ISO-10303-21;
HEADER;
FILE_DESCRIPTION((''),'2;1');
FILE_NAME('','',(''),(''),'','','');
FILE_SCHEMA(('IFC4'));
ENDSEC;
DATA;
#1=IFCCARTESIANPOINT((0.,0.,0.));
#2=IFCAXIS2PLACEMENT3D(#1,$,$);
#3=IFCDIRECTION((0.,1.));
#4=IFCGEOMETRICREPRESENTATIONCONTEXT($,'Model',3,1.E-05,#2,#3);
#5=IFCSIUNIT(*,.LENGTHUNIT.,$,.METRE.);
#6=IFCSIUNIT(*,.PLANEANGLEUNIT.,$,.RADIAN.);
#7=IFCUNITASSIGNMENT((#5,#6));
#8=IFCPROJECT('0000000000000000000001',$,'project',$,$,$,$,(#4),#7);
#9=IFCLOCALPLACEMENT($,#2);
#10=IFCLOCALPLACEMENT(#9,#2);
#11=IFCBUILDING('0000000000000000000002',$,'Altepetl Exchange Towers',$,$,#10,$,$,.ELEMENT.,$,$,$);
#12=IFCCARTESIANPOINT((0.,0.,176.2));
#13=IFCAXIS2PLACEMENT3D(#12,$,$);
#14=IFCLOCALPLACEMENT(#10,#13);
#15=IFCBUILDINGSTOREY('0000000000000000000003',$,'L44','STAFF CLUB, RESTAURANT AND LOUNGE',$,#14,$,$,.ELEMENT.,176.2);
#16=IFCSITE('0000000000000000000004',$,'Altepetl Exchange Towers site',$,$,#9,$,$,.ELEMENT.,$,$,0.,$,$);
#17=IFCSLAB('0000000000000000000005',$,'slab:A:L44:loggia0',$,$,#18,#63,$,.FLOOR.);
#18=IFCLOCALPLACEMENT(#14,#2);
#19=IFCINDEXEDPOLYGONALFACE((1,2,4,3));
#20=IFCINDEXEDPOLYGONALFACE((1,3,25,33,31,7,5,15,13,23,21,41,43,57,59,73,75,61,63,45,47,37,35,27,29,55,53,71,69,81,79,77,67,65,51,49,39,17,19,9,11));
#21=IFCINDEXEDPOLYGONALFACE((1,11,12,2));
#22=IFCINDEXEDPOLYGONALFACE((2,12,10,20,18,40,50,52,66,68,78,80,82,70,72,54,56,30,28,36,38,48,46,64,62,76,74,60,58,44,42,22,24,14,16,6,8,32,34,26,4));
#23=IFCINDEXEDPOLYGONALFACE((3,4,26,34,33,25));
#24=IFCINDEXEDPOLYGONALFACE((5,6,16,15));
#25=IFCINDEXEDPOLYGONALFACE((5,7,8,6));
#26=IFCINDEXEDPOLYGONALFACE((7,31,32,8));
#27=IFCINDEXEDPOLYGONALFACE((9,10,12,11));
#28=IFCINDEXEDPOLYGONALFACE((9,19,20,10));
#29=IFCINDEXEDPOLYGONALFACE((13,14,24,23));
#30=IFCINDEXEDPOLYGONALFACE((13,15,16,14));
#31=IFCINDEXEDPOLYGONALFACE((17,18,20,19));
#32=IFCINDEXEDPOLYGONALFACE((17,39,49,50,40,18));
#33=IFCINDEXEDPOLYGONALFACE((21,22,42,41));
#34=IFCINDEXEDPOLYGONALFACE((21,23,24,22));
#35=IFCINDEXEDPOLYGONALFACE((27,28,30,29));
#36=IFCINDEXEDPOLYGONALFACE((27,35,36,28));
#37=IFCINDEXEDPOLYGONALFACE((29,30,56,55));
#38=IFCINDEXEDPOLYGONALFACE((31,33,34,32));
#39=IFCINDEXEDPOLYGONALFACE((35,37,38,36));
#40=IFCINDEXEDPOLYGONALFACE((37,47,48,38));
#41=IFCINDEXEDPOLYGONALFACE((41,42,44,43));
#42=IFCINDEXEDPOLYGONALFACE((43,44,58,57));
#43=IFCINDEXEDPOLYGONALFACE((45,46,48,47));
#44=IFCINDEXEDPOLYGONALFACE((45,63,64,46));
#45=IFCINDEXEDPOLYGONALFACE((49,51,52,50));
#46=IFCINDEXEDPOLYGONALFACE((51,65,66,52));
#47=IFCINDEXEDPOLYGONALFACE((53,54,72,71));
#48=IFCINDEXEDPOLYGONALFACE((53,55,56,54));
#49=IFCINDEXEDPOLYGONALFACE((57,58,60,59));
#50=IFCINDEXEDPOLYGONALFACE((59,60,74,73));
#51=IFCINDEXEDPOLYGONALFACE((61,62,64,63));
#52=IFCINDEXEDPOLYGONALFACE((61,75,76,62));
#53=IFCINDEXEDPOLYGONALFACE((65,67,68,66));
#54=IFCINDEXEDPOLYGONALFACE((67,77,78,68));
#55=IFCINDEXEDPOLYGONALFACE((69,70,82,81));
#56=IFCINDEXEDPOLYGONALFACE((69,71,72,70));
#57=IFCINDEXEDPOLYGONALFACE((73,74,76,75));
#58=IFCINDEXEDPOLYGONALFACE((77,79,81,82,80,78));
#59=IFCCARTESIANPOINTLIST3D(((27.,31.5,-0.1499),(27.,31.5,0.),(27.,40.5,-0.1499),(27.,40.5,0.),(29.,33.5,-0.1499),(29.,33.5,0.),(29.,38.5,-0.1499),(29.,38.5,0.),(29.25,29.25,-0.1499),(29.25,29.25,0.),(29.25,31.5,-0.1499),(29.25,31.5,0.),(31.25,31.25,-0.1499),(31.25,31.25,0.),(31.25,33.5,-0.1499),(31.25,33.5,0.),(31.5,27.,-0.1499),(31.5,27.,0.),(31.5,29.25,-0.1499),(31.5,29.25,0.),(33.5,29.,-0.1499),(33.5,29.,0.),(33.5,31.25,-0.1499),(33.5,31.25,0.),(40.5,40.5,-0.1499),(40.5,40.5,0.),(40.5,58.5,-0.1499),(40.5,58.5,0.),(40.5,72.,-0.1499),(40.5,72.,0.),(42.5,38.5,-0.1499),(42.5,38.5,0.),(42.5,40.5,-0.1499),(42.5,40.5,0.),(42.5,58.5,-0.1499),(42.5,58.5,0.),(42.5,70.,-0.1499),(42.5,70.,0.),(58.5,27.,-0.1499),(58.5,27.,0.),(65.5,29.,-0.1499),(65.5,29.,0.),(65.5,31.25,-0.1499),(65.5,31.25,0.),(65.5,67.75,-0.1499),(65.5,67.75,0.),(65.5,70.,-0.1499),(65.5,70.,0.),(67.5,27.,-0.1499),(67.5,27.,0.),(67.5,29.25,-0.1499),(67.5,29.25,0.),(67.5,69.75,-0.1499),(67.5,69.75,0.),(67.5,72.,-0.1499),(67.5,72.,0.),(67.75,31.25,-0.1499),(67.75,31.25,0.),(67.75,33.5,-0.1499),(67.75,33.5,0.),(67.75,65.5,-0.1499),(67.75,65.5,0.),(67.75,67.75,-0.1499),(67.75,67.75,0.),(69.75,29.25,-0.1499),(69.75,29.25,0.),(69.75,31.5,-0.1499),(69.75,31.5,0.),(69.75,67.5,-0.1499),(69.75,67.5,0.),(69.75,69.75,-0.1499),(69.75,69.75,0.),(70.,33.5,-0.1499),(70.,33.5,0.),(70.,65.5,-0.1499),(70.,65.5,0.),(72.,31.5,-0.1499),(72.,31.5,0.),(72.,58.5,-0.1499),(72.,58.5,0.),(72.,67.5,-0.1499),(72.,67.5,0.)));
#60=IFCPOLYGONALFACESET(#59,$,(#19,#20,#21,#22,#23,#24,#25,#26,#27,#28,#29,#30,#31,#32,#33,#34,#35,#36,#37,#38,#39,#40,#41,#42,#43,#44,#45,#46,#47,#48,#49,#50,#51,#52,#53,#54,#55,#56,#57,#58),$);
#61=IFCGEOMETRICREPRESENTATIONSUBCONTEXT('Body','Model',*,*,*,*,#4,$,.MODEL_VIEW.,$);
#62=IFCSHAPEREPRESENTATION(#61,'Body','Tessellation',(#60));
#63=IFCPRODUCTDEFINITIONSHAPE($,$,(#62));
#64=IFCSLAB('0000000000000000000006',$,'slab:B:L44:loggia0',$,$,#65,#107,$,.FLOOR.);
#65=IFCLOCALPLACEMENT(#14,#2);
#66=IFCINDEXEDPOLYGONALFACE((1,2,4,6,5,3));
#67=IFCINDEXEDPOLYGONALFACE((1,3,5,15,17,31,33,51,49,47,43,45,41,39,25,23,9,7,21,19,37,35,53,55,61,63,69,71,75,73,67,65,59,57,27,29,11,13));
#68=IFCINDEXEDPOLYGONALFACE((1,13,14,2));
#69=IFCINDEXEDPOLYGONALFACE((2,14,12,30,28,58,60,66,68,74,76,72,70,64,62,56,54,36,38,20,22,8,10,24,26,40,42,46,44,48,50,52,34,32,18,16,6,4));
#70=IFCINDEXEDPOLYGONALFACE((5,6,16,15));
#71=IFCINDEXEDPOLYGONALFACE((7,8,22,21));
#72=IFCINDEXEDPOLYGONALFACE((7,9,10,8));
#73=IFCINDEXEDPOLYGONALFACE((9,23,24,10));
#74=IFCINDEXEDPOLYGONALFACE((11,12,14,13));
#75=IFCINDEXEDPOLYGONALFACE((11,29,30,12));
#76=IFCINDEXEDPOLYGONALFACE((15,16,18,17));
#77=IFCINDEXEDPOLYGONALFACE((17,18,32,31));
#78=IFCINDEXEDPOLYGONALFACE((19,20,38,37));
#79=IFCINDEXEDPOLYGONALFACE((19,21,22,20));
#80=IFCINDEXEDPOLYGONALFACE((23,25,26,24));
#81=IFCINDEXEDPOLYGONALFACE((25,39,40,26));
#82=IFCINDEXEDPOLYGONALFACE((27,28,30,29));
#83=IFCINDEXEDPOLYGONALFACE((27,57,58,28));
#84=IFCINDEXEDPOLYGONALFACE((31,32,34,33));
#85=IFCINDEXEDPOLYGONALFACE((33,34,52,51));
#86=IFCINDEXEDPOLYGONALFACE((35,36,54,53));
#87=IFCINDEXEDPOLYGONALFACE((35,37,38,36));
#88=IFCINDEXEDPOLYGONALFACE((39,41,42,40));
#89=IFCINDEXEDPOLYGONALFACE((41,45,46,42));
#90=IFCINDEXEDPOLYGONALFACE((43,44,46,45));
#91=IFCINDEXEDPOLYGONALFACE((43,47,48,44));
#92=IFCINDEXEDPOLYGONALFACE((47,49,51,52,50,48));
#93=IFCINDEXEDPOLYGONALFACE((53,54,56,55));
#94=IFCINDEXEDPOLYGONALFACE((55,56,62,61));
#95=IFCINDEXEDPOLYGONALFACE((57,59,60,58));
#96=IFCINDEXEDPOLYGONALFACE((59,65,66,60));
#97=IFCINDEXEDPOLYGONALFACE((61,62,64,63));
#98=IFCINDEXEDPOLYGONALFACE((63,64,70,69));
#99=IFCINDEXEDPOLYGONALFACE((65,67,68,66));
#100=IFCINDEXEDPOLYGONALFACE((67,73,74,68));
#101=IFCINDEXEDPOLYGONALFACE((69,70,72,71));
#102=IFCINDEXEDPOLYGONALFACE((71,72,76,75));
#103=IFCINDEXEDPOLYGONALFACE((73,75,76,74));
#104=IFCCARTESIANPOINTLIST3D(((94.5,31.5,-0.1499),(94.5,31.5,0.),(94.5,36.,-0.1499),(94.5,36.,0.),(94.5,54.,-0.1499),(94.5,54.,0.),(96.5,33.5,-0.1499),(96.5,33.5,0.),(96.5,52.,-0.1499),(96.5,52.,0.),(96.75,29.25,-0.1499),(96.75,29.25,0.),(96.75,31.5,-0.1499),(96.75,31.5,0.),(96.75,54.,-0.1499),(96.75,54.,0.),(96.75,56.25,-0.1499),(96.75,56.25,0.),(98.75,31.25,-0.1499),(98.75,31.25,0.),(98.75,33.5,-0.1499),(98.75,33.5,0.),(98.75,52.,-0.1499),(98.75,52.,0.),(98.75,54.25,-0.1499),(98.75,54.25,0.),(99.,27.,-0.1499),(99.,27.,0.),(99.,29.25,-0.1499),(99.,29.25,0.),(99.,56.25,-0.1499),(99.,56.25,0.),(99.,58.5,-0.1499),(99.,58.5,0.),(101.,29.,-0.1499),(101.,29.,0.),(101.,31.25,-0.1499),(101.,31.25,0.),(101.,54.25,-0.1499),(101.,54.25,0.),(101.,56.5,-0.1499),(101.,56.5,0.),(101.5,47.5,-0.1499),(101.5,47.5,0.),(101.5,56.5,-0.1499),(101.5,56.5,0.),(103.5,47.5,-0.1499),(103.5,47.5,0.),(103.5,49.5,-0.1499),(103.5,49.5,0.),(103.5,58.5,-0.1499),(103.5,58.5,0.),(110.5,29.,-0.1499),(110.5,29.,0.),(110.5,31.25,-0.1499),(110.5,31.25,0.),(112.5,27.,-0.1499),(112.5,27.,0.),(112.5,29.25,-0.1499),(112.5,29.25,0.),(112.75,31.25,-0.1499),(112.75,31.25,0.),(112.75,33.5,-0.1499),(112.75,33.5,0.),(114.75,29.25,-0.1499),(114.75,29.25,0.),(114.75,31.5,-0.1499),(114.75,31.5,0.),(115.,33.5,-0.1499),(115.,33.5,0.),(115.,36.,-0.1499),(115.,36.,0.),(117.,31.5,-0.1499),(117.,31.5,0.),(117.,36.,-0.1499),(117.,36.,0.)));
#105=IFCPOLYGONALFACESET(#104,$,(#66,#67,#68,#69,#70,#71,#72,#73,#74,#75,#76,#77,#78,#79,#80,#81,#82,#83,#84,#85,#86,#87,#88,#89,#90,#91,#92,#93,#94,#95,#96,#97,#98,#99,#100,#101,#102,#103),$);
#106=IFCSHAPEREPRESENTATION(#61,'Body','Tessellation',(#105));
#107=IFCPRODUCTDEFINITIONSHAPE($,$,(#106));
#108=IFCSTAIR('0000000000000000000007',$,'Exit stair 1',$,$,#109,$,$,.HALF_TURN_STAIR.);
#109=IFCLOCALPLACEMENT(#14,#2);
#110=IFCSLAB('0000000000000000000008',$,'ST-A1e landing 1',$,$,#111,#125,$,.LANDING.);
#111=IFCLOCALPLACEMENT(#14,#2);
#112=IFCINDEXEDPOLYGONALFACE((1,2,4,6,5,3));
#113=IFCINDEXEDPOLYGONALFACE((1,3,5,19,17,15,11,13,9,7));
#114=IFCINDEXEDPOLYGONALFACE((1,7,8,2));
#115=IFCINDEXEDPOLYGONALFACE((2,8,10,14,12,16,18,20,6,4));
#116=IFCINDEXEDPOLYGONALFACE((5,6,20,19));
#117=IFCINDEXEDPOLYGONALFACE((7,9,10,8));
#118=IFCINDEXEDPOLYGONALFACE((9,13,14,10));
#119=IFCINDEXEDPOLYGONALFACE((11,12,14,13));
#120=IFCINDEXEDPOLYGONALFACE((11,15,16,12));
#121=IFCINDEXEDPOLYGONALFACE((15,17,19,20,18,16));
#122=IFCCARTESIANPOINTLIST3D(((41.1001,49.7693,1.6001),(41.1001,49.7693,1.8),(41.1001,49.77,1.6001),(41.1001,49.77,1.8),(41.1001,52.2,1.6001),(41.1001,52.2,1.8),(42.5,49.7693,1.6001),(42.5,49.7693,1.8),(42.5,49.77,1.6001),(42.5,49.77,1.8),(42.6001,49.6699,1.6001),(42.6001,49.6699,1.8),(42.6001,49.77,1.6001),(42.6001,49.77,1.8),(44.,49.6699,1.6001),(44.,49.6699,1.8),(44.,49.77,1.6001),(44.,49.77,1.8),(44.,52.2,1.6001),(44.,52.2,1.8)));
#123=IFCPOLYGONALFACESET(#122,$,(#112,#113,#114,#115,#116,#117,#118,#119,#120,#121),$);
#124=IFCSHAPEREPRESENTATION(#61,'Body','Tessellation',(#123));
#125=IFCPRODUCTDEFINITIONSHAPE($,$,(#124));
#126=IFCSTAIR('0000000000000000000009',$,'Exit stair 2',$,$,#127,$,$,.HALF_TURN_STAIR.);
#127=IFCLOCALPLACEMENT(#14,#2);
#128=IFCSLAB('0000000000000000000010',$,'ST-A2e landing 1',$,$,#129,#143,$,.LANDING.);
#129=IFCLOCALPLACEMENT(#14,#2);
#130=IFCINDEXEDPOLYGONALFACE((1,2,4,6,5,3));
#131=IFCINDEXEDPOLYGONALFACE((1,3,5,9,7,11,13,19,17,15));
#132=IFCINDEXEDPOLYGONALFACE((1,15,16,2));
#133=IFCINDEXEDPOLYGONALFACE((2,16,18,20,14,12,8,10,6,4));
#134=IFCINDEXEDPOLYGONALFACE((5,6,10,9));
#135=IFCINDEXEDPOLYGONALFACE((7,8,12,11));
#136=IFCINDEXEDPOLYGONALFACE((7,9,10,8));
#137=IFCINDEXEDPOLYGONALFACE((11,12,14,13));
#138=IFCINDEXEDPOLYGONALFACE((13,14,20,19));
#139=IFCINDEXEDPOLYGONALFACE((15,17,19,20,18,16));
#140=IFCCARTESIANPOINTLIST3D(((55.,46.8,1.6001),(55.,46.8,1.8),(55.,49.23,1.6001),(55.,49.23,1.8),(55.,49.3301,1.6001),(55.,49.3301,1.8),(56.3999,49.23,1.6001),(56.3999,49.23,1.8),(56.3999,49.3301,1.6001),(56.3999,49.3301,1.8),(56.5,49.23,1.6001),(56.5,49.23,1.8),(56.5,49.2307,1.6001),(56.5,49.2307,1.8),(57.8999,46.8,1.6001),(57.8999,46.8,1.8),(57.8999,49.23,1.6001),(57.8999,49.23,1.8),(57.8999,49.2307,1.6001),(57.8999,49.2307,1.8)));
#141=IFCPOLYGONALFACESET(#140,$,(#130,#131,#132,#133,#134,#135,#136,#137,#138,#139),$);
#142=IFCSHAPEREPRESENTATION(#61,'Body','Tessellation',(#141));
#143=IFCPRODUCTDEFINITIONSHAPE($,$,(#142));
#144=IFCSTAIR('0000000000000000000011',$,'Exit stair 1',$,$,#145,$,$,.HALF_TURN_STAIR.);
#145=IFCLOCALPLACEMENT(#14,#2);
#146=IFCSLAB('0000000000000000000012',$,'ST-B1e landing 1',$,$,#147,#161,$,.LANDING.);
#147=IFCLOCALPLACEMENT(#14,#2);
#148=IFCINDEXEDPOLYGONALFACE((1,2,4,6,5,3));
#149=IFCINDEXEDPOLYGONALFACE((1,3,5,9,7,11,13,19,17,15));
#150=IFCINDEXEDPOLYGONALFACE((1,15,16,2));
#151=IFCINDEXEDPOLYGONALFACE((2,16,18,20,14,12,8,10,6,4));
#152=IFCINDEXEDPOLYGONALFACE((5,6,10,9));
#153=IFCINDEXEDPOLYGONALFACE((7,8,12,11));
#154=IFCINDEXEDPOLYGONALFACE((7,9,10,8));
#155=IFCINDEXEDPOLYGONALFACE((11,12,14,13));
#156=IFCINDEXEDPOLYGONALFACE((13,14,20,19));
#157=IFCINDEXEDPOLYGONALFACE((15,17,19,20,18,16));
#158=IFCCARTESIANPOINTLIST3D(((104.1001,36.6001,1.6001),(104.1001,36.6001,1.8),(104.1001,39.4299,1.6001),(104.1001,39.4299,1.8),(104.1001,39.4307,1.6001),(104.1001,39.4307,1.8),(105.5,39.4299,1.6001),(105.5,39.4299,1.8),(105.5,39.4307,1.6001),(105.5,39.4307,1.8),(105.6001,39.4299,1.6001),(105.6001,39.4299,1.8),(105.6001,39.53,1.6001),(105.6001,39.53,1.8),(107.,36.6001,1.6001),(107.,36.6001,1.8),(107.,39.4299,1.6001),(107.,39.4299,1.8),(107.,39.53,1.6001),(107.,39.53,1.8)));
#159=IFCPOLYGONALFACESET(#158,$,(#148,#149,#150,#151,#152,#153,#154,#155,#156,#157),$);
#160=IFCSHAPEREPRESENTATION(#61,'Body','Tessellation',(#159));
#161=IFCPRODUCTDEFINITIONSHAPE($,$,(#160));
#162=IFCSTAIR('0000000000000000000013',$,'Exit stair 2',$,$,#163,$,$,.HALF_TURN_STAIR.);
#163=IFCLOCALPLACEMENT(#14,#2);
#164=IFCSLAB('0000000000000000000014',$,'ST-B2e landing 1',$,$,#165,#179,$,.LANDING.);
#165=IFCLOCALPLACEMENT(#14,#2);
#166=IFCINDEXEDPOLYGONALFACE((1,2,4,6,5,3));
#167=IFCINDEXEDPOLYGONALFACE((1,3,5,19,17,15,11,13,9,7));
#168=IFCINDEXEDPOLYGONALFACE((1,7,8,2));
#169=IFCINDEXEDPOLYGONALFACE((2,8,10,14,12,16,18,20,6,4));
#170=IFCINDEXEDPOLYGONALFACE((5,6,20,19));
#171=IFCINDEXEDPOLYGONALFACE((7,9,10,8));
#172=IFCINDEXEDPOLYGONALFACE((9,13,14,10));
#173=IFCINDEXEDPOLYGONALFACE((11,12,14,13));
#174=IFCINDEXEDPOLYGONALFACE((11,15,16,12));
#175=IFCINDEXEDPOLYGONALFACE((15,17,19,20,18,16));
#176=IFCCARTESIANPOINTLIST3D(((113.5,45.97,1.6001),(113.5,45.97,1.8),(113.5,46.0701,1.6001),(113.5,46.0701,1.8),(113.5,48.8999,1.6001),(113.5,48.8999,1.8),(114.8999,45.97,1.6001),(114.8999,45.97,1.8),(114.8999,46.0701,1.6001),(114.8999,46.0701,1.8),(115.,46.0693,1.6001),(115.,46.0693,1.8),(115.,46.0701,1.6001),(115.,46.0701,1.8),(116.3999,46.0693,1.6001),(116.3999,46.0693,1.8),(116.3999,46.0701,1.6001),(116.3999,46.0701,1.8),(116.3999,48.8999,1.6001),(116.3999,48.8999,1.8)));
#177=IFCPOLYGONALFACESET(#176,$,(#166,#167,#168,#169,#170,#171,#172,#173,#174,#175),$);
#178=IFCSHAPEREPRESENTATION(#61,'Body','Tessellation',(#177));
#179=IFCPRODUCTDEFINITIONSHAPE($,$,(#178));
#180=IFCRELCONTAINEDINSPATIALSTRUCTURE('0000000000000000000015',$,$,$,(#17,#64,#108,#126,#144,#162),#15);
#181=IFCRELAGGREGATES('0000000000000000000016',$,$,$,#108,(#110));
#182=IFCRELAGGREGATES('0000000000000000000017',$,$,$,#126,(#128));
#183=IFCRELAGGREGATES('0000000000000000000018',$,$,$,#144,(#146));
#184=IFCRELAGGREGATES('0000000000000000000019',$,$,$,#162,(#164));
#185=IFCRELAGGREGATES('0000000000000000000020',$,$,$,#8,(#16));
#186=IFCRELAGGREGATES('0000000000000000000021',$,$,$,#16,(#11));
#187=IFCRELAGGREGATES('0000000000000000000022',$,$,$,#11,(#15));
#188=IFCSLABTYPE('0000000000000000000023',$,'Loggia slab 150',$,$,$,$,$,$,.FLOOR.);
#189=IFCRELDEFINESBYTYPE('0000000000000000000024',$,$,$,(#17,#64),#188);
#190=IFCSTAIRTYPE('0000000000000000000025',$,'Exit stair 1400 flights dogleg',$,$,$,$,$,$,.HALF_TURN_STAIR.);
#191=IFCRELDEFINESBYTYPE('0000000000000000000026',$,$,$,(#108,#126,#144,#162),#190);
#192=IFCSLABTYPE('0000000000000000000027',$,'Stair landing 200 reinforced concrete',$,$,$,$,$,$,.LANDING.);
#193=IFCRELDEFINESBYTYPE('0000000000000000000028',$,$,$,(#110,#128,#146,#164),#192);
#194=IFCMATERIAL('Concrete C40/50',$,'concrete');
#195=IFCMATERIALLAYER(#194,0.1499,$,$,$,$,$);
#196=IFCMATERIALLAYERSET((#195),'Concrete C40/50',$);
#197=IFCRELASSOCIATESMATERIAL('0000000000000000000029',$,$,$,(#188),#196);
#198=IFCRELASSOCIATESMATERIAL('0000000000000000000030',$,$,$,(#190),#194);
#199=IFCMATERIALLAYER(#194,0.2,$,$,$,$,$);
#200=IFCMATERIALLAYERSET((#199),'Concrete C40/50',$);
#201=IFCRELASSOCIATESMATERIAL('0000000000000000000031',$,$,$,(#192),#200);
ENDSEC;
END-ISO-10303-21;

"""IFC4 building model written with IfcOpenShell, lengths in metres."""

from ifc_helpers import new_model, si_unit, direction, frame, origin, place, context, subcontext, project, spatial, polyline, outline, extrude, material, layer, layer_set, type_object, element, aggregate, save


model = new_model("IFC4")

# Units and contexts
model_context = context("Model", 3, precision=1e-05, world=origin(), true_north=direction((0.0, 1.0)))
body_context = subcontext(model_context, "Body", "Model", "MODEL_VIEW")
ifc_project = project(units=[si_unit("LENGTHUNIT", "METRE"), si_unit("PLANEANGLEUNIT", "RADIAN")], contexts=[model_context])

# Site, building, storey
site_placement = place(None, origin())
site = spatial("IfcSite", under=ifc_project, at=site_placement, Name="Altepetl Exchange Towers site", CompositionType="ELEMENT", RefElevation=0.0)
building_placement = place(site_placement, origin())
building = spatial("IfcBuilding", under=site, at=building_placement, Name="Altepetl Exchange Towers", CompositionType="ELEMENT")
storey_placement = place(building_placement, frame((0.0, 0.0, 176.2)))
storey = spatial("IfcBuildingStorey", under=building, at=storey_placement, Name="L44", Description="STAFF CLUB, RESTAURANT AND LOUNGE", CompositionType="ELEMENT", Elevation=176.2)

# Slabs
ifc_material_1 = material(Name="Concrete C40/50", Category="concrete")
ifc_layer_1 = layer(ifc_material_1, 0.1499)
ifc_layer_set_1 = layer_set([ifc_layer_1], Name="Concrete C40/50")
slab_type_1 = type_object("IfcSlabType", Name="Loggia slab 150", PredefinedType="FLOOR", material=ifc_layer_set_1)
slab_1_placement = place(storey_placement, frame((0.0, 0.0, -0.1499)))
element("IfcSlab", 1, at=slab_1_placement, inside=storey, type_object=slab_type_1, Name="slab:A:L44:loggia0", PredefinedType="FLOOR", context=body_context, shape_type="SweptSolid", body=[
    extrude(outline(polyline([(40.5, 72.0), (40.5, 58.5), (42.5, 58.5), (42.5, 70.0), (65.5, 70.0), (65.5, 67.75), (67.75, 67.75), (67.75, 65.5), (70.0, 65.5), (70.0, 33.5), (67.75, 33.5), (67.75, 31.25), (65.5, 31.25), (65.5, 29.0), (33.5, 29.0), (33.5, 31.25), (31.25, 31.25), (31.25, 33.5), (29.0, 33.5), (29.0, 38.5), (42.5, 38.5), (42.5, 40.5), (40.5, 40.5), (27.0, 40.5), (27.0, 31.5), (29.25, 31.5), (29.25, 29.25), (31.5, 29.25), (31.5, 27.0), (58.5, 27.0), (67.5, 27.0), (67.5, 29.25), (69.75, 29.25), (69.75, 31.5), (72.0, 31.5), (72.0, 58.5), (72.0, 67.5), (69.75, 67.5), (69.75, 69.75), (67.5, 69.75), (67.5, 72.0), (40.5, 72.0)])), origin(), (0.0, 0.0, 1.0), 0.1499),
])
slab_2_placement = place(storey_placement, frame((0.0, 0.0, -0.1499)))
element("IfcSlab", 2, at=slab_2_placement, inside=storey, type_object=slab_type_1, Name="slab:B:L44:loggia0", PredefinedType="FLOOR", context=body_context, shape_type="SweptSolid", body=[
    extrude(outline(polyline([(99.0, 29.25), (99.0, 27.0), (112.5, 27.0), (112.5, 29.25), (114.75, 29.25), (114.75, 31.5), (117.0, 31.5), (117.0, 36.0), (115.0, 36.0), (115.0, 33.5), (112.75, 33.5), (112.75, 31.25), (110.5, 31.25), (110.5, 29.0), (101.0, 29.0), (101.0, 31.25), (98.75, 31.25), (98.75, 33.5), (96.5, 33.5), (96.5, 52.0), (98.75, 52.0), (98.75, 54.25), (101.0, 54.25), (101.0, 56.5), (101.5, 56.5), (101.5, 47.5), (103.5, 47.5), (103.5, 49.5), (103.5, 58.5), (99.0, 58.5), (99.0, 56.25), (96.75, 56.25), (96.75, 54.0), (94.5, 54.0), (94.5, 36.0), (94.5, 31.5), (96.75, 31.5), (96.75, 29.25), (99.0, 29.25)])), origin(), (0.0, 0.0, 1.0), 0.1499),
])

# Stairs, slabs
stair_type = type_object("IfcStairType", Name="Exit stair 1400 flights dogleg", PredefinedType="HALF_TURN_STAIR", material=ifc_material_1)
stair_1_placement = place(storey_placement, origin())
stair_1 = element("IfcStair", 3, at=stair_1_placement, inside=storey, type_object=stair_type, Name="Exit stair 1", PredefinedType="HALF_TURN_STAIR")
ifc_layer_2 = layer(ifc_material_1, 0.2)
ifc_layer_set_2 = layer_set([ifc_layer_2], Name="Concrete C40/50")
slab_type_2 = type_object("IfcSlabType", Name="Stair landing 200 reinforced concrete", PredefinedType="LANDING", material=ifc_layer_set_2)
slab_3_placement = place(storey_placement, frame((0.0, 0.0, 1.6001)))
slab_3 = element("IfcSlab", 4, at=slab_3_placement, type_object=slab_type_2, Name="ST-A1e landing 1", PredefinedType="LANDING", context=body_context, shape_type="SweptSolid", body=[
    extrude(outline(polyline([(44.0, 49.6699), (42.6001, 49.6699), (42.6001, 49.77), (42.5, 49.77), (42.5, 49.7693), (41.1001, 49.7693), (41.1001, 49.77), (41.1001, 52.2), (44.0, 52.2), (44.0, 49.77), (44.0, 49.6699)])), origin(), (0.0, 0.0, 1.0), 0.2),
])
aggregate(stair_1, [slab_3])
stair_2_placement = place(storey_placement, origin())
stair_2 = element("IfcStair", 5, at=stair_2_placement, inside=storey, type_object=stair_type, Name="Exit stair 2", PredefinedType="HALF_TURN_STAIR")
slab_4_placement = place(storey_placement, frame((0.0, 0.0, 1.6001)))
slab_4 = element("IfcSlab", 6, at=slab_4_placement, type_object=slab_type_2, Name="ST-A2e landing 1", PredefinedType="LANDING", context=body_context, shape_type="SweptSolid", body=[
    extrude(outline(polyline([(57.8999, 46.8), (55.0, 46.8), (55.0, 49.23), (55.0, 49.3301), (56.3999, 49.3301), (56.3999, 49.23), (56.5, 49.23), (56.5, 49.2307), (57.8999, 49.2307), (57.8999, 49.23), (57.8999, 46.8)])), origin(), (0.0, 0.0, 1.0), 0.2),
])
aggregate(stair_2, [slab_4])
stair_3_placement = place(storey_placement, origin())
stair_3 = element("IfcStair", 7, at=stair_3_placement, inside=storey, type_object=stair_type, Name="Exit stair 1", PredefinedType="HALF_TURN_STAIR")
slab_5_placement = place(storey_placement, frame((0.0, 0.0, 1.6001)))
slab_5 = element("IfcSlab", 8, at=slab_5_placement, type_object=slab_type_2, Name="ST-B1e landing 1", PredefinedType="LANDING", context=body_context, shape_type="SweptSolid", body=[
    extrude(outline(polyline([(107.0, 36.6001), (104.1001, 36.6001), (104.1001, 39.4299), (104.1001, 39.4307), (105.5, 39.4307), (105.5, 39.4299), (105.6001, 39.4299), (105.6001, 39.53), (107.0, 39.53), (107.0, 39.4299), (107.0, 36.6001)])), origin(), (0.0, 0.0, 1.0), 0.2),
])
aggregate(stair_3, [slab_5])
stair_4_placement = place(storey_placement, origin())
stair_4 = element("IfcStair", 9, at=stair_4_placement, inside=storey, type_object=stair_type, Name="Exit stair 2", PredefinedType="HALF_TURN_STAIR")
slab_6_placement = place(storey_placement, frame((0.0, 0.0, 1.6001)))
slab_6 = element("IfcSlab", 10, at=slab_6_placement, type_object=slab_type_2, Name="ST-B2e landing 1", PredefinedType="LANDING", context=body_context, shape_type="SweptSolid", body=[
    extrude(outline(polyline([(114.8999, 45.97), (113.5, 45.97), (113.5, 46.0701), (113.5, 48.8999), (116.3999, 48.8999), (116.3999, 46.0701), (116.3999, 46.0693), (115.0, 46.0693), (115.0, 46.0701), (114.8999, 46.0701), (114.8999, 45.97)])), origin(), (0.0, 0.0, 1.0), 0.2),
])
aggregate(stair_4, [slab_6])

save(model, "model.ifc")
